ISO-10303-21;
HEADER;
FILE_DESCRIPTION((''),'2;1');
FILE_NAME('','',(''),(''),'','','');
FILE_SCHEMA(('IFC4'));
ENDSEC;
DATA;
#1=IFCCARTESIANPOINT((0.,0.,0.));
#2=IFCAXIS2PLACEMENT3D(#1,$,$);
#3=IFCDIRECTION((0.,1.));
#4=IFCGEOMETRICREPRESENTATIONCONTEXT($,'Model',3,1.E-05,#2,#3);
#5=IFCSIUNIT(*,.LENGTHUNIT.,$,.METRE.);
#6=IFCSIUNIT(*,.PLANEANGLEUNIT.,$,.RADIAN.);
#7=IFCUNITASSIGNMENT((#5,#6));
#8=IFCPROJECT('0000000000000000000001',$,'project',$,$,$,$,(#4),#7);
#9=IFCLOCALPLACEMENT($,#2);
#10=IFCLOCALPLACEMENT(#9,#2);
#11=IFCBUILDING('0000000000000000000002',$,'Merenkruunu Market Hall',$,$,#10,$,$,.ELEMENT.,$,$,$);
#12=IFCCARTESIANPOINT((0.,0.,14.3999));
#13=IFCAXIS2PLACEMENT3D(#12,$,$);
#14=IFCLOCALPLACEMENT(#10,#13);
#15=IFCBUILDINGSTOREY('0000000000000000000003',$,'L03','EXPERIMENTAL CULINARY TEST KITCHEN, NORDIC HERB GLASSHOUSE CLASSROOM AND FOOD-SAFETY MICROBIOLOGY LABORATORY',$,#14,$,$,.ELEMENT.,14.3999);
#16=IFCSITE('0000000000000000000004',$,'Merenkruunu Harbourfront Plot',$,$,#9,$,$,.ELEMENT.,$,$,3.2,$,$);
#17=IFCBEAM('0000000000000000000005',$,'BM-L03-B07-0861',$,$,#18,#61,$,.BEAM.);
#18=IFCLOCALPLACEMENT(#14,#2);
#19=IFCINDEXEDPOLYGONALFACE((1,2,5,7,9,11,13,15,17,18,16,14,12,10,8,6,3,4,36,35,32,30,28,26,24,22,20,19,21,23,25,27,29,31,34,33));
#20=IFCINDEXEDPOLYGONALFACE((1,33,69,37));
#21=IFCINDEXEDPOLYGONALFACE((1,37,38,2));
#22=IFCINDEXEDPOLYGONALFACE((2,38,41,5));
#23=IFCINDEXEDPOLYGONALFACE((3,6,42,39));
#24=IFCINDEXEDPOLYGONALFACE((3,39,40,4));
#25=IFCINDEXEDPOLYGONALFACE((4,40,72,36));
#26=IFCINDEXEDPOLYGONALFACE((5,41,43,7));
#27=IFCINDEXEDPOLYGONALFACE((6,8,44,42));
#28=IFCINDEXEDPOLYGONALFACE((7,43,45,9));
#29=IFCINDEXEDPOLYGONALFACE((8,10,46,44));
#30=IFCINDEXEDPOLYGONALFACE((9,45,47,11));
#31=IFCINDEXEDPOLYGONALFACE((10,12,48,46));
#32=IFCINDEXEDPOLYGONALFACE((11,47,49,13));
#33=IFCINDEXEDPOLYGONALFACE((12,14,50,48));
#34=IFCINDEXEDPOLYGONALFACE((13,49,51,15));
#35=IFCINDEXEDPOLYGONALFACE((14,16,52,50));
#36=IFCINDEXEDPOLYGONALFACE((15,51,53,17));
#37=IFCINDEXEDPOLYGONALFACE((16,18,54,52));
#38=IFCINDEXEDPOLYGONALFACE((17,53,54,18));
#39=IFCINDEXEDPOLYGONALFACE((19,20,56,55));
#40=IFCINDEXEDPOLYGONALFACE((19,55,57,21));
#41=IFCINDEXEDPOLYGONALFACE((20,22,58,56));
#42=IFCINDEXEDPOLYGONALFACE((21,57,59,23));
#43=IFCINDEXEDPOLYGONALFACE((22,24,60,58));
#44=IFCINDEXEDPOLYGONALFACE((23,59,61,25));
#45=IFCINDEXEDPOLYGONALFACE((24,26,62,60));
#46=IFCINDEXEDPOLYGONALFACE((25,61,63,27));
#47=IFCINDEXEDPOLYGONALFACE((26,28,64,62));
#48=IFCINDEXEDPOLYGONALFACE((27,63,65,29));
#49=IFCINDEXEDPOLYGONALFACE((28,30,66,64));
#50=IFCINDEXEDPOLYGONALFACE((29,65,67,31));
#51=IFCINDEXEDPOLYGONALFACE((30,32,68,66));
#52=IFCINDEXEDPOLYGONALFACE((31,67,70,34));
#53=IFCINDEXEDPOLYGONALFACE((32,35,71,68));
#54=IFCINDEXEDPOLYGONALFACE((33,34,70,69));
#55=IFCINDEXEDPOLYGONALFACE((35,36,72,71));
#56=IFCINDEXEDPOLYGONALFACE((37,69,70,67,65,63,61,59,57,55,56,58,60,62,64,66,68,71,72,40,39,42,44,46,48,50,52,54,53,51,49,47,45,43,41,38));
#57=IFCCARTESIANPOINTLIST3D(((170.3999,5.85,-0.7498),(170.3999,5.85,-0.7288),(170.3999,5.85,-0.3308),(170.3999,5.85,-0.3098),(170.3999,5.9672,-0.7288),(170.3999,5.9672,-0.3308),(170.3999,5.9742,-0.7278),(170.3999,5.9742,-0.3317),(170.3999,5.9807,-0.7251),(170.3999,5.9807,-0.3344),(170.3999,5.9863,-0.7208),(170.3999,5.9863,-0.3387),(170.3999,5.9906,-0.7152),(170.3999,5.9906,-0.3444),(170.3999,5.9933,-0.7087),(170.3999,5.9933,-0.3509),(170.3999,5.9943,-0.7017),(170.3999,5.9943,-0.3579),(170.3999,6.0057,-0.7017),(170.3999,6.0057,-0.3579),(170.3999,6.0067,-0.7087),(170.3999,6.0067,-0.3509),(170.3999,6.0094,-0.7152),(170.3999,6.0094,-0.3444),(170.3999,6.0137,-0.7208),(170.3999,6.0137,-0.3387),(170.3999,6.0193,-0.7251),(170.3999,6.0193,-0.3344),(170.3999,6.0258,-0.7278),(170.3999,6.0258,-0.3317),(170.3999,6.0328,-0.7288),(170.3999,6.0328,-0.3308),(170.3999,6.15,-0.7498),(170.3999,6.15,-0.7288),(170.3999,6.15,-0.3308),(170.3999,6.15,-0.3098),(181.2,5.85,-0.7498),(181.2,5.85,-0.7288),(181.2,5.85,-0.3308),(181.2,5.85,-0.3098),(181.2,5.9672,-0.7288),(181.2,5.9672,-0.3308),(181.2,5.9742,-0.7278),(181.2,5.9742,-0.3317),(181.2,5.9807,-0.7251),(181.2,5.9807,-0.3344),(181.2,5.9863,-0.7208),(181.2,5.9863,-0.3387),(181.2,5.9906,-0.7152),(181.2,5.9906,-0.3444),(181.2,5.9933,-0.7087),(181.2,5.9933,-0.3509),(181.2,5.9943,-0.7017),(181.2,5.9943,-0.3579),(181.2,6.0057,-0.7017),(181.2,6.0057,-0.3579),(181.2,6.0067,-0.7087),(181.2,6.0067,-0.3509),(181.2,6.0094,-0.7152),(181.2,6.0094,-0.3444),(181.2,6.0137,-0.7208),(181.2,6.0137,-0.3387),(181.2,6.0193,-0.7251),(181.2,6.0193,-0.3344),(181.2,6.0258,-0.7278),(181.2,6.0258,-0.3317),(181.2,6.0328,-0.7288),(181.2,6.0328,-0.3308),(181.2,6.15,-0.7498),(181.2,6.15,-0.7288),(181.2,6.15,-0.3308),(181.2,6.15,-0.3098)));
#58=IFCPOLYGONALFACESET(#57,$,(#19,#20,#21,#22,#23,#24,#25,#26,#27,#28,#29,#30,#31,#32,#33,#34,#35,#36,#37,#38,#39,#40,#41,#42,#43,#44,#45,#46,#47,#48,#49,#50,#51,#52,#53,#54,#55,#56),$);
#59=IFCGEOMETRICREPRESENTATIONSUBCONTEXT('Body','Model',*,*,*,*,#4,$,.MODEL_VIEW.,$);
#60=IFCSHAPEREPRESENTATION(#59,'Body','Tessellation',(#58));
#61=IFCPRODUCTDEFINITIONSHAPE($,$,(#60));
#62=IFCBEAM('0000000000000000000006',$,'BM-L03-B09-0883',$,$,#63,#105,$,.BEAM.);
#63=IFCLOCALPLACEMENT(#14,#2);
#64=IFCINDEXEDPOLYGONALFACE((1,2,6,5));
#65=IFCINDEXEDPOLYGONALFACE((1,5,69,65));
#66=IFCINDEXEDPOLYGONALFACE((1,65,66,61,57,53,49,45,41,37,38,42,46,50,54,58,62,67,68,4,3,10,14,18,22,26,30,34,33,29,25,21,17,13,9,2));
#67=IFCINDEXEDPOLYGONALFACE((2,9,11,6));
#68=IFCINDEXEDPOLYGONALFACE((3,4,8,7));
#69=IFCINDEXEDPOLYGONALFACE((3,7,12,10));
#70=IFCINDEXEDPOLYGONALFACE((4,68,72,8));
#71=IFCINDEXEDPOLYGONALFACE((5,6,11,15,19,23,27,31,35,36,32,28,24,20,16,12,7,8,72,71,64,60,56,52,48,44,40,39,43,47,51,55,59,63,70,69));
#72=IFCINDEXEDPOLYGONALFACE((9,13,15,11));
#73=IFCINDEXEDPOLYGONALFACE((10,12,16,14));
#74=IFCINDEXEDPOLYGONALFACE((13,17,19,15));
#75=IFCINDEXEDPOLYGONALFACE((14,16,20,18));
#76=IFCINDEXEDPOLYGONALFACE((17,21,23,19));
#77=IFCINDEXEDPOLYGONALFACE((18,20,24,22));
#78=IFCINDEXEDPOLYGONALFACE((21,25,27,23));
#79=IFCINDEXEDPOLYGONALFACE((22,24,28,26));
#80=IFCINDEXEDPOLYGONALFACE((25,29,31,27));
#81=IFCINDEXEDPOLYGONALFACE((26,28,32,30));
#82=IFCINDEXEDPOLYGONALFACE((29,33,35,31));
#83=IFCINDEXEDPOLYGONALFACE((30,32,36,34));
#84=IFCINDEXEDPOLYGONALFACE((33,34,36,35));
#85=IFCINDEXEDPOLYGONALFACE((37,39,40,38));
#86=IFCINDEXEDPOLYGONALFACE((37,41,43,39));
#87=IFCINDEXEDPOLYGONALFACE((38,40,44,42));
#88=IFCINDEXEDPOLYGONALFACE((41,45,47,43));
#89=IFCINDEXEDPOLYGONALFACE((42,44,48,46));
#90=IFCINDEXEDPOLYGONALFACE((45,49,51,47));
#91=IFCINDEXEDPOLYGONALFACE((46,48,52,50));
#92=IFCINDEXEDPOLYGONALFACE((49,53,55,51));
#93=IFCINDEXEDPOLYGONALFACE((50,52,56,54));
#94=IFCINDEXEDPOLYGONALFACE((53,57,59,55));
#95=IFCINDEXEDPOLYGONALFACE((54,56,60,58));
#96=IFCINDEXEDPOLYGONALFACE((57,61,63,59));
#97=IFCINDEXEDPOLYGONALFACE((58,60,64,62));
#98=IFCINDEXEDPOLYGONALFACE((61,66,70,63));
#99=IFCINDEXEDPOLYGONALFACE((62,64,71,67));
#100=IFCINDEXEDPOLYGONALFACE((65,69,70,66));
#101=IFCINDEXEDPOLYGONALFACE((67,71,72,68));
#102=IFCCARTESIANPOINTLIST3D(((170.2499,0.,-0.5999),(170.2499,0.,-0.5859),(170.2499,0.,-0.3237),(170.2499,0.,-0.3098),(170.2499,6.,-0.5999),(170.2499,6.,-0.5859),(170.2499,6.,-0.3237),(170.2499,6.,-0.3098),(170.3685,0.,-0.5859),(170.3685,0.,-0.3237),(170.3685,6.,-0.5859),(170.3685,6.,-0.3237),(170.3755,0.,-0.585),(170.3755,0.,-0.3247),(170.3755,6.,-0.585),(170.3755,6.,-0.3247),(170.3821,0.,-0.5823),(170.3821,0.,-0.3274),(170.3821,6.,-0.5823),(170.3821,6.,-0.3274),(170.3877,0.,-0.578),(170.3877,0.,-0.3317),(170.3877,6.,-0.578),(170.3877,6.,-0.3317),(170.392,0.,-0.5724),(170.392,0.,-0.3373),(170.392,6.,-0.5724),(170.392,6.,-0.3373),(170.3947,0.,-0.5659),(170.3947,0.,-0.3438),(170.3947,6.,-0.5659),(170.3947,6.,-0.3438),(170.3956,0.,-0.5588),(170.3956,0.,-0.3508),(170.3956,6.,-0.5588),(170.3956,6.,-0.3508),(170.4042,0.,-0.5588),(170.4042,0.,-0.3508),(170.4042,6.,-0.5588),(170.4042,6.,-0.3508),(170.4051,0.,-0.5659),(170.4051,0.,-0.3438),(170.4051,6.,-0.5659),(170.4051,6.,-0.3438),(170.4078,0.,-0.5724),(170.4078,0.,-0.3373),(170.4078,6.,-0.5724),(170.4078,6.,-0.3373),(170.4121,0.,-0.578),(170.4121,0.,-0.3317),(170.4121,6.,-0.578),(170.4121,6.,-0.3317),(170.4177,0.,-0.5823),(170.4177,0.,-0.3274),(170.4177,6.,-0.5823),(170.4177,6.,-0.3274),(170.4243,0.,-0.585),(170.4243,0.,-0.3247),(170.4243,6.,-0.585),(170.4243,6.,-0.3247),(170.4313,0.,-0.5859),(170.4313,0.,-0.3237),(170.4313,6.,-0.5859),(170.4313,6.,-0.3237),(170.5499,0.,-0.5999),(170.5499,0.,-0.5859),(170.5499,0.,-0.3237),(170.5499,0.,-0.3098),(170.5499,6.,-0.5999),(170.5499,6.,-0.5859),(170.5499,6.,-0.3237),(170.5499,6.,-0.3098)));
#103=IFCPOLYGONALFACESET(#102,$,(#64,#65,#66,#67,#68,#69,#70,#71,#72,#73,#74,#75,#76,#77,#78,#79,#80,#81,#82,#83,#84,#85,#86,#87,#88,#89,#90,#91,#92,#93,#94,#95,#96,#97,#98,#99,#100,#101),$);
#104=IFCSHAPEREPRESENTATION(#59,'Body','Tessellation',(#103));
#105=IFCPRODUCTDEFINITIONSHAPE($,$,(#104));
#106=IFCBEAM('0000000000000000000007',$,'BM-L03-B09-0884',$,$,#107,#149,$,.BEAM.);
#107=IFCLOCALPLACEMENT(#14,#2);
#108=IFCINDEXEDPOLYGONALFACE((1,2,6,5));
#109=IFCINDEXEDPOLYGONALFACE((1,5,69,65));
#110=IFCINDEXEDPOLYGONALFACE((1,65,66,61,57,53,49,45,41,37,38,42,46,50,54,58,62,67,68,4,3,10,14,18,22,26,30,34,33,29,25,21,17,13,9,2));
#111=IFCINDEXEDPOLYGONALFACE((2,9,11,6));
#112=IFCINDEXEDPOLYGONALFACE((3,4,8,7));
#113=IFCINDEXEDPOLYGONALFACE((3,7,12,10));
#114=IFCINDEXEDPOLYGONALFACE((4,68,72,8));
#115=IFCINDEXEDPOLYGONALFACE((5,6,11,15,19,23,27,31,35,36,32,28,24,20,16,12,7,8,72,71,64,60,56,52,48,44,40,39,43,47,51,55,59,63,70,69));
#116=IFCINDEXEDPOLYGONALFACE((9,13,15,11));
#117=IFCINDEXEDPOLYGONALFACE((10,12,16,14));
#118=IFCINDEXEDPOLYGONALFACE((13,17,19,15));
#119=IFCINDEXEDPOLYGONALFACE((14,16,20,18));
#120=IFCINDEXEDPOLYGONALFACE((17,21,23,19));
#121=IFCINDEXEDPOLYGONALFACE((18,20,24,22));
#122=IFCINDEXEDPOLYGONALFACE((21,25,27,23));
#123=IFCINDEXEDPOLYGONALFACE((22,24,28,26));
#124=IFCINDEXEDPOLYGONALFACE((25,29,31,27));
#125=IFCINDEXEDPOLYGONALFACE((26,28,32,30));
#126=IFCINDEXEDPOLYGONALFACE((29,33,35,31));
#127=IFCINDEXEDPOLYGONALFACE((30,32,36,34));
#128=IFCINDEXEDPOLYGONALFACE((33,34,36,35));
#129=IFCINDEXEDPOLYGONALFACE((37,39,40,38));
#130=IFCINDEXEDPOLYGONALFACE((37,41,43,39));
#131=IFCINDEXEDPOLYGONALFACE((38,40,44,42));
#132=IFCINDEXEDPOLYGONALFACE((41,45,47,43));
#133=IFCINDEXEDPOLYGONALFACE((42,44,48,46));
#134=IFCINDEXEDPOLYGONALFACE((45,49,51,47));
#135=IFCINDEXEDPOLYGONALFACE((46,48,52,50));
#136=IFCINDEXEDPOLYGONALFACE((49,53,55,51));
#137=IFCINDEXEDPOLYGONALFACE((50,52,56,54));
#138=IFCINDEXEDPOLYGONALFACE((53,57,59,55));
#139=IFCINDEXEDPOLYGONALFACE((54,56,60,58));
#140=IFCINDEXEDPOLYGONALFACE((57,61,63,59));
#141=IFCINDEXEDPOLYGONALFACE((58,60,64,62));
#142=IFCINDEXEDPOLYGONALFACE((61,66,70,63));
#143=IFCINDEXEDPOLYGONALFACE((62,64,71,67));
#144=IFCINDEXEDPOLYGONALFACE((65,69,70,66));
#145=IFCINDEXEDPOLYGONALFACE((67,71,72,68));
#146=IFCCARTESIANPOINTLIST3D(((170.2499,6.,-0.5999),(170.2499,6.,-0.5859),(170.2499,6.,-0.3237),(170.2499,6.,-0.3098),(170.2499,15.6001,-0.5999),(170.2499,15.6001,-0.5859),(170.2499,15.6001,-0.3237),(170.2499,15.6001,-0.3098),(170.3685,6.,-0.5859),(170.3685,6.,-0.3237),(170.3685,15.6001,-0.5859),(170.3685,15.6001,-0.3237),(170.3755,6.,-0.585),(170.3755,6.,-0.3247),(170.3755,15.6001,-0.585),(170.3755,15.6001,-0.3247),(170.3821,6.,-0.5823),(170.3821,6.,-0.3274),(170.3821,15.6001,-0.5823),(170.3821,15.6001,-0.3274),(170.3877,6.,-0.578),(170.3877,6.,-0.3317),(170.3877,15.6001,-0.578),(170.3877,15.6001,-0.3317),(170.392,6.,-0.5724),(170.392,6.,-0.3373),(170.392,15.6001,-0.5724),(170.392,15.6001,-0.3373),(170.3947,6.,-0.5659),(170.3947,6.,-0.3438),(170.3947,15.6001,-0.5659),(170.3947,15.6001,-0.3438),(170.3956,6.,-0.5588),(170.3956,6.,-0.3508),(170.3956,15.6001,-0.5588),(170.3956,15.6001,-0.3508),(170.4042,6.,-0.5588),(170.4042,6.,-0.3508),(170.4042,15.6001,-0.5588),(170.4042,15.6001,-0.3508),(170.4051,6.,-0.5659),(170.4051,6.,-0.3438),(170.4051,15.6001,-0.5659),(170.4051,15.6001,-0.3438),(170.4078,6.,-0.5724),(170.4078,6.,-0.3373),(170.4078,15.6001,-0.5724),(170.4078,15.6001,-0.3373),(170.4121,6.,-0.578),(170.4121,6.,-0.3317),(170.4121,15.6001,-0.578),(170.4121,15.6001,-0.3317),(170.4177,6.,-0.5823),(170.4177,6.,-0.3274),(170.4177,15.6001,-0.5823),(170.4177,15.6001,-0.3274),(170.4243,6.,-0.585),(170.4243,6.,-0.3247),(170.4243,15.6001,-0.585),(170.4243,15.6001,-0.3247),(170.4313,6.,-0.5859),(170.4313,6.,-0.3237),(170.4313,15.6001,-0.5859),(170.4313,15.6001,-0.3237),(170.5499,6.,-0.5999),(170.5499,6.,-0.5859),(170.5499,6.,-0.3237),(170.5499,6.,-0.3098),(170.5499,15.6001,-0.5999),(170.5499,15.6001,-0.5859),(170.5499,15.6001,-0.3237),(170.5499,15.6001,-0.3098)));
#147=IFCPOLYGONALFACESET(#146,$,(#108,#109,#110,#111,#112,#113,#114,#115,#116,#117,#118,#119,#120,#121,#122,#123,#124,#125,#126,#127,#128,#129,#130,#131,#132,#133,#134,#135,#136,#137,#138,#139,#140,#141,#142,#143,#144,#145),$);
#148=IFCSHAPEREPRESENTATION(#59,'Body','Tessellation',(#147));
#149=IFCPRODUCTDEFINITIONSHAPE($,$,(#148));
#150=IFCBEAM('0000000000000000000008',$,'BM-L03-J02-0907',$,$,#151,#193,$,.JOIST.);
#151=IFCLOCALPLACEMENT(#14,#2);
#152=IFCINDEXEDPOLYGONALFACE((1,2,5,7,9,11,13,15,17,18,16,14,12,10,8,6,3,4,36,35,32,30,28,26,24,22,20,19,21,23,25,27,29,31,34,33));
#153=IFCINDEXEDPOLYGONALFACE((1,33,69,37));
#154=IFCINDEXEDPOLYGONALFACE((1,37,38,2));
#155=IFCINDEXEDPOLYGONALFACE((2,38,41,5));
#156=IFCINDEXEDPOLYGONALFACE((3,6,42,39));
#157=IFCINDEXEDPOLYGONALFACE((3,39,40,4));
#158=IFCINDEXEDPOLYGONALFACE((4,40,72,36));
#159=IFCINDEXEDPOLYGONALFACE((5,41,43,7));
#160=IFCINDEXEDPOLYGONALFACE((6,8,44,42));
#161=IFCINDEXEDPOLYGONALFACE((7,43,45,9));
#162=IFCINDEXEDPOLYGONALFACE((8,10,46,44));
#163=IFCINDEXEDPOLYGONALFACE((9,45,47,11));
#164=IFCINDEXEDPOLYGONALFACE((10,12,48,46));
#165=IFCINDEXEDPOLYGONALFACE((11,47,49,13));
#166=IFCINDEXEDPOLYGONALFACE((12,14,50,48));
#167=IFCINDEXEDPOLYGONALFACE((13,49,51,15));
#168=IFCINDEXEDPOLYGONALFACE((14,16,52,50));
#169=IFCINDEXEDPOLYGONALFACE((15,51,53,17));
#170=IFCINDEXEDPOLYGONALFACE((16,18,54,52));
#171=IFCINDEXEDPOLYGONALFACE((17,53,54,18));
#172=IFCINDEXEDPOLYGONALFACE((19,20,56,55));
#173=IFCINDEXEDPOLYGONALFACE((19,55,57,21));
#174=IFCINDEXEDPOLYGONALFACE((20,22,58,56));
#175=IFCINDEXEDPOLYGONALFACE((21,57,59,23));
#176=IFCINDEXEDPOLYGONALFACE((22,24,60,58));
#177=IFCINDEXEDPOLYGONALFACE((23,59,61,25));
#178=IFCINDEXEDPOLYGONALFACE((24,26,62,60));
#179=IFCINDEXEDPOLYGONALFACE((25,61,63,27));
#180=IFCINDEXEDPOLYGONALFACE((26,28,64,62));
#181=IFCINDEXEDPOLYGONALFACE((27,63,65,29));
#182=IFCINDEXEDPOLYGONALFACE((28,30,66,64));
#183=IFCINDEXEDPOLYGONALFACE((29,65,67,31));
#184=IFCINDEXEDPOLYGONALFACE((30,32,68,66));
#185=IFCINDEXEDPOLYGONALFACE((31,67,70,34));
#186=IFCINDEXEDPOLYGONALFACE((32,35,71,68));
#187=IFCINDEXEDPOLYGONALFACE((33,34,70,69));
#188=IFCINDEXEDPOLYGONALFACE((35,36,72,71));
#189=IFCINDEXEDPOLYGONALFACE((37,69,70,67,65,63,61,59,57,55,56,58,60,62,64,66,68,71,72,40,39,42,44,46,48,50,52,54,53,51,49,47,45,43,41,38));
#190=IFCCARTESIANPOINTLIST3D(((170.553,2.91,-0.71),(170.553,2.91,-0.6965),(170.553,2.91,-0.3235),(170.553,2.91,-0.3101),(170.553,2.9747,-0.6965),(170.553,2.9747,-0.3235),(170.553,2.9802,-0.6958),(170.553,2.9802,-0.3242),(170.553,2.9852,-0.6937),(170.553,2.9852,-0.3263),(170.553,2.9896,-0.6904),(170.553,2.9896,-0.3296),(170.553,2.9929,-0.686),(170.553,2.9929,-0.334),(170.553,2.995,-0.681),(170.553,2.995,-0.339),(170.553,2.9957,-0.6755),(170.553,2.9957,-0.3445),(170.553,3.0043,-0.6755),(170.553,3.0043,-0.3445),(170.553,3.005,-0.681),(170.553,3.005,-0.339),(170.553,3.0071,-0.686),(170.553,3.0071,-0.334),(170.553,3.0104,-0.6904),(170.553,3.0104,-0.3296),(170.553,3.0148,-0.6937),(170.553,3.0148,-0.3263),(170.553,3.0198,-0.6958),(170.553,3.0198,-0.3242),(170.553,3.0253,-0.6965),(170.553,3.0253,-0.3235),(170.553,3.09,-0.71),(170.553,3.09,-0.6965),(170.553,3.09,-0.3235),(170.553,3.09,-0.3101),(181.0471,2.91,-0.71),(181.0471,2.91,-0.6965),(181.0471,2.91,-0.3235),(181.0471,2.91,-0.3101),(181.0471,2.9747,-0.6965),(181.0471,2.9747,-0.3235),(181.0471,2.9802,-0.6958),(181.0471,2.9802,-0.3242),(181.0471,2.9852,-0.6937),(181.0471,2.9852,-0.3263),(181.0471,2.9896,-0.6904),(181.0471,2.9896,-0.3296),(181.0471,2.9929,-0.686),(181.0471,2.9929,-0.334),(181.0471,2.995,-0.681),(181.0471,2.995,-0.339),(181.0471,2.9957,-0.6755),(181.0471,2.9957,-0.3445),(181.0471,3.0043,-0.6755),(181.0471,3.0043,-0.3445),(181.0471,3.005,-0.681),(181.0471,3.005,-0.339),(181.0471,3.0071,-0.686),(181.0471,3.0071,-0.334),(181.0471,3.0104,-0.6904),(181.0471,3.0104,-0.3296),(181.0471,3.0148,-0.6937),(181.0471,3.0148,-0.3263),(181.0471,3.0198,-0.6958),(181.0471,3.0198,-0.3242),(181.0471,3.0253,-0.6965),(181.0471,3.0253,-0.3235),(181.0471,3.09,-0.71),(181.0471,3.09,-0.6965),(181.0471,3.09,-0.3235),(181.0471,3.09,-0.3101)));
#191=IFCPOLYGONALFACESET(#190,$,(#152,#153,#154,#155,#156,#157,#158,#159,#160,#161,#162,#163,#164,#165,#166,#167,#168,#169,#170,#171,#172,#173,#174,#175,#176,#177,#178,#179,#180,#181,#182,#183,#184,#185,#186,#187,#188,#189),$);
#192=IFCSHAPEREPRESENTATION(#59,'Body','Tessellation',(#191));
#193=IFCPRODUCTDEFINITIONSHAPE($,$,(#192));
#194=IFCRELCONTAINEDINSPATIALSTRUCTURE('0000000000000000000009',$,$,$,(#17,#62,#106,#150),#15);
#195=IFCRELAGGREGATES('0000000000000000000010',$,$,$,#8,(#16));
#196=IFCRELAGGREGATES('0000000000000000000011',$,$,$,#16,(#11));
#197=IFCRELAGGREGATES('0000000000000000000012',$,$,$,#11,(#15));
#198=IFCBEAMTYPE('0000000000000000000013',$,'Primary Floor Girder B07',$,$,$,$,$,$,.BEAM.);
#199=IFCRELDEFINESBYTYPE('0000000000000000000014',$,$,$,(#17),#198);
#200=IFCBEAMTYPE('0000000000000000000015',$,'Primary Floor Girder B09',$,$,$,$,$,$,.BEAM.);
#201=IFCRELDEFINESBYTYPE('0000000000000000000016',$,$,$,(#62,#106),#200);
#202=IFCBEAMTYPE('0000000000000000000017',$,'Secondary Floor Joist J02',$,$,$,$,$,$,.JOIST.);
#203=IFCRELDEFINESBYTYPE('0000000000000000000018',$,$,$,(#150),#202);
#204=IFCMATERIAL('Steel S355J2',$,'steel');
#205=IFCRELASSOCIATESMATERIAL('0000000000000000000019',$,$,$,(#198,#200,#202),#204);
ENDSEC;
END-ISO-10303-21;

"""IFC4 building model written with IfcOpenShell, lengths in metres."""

from ifc_helpers import new_model, si_unit, direction, frame, origin, origin_2d, place, context, subcontext, project, spatial, i_section, extrude, material, material_profile, profile_set, type_object, element, save


model = new_model("IFC4")

# Units and contexts
model_context = context("Model", 3, precision=1e-05, world=origin(), true_north=direction((0.0, 1.0)))
body_context = subcontext(model_context, "Body", "Model", "MODEL_VIEW")
ifc_project = project(units=[si_unit("LENGTHUNIT", "METRE"), si_unit("PLANEANGLEUNIT", "RADIAN")], contexts=[model_context])

# Site, building, storey
site_placement = place(None, origin())
site = spatial("IfcSite", under=ifc_project, at=site_placement, Name="Merenkruunu Harbourfront Plot", CompositionType="ELEMENT", RefElevation=3.2)
building_placement = place(site_placement, origin())
building = spatial("IfcBuilding", under=site, at=building_placement, Name="Merenkruunu Market Hall", CompositionType="ELEMENT")
storey_placement = place(building_placement, frame((0.0, 0.0, 14.3999)))
storey = spatial("IfcBuildingStorey", under=building, at=storey_placement, Name="L03", Description="EXPERIMENTAL CULINARY TEST KITCHEN, NORDIC HERB GLASSHOUSE CLASSROOM AND FOOD-SAFETY MICROBIOLOGY LABORATORY", CompositionType="ELEMENT", Elevation=14.3999)

# Shared definitions
ifc_material_1 = material(Name="Steel S355J2", Category="steel")

# Beams
ifc_material_profile_1 = material_profile(ifc_material_1, i_section(OverallWidth=0.3, OverallDepth=0.4399, WebThickness=0.0115, FlangeThickness=0.021, FilletRadius=0.0271, at=origin_2d()), Name="HEA 450")
ifc_profile_set_1 = profile_set([ifc_material_profile_1], Name="Steel S355J2")
beam_type_1 = type_object("IfcBeamType", Name="Primary Floor Girder B07", PredefinedType="BEAM", material=ifc_profile_set_1)
for number, where, z_axis, x_axis, name in (
    (1, (170.3999, 6.0, -0.5298), (1.0, 0.0, 0.0), (0.0, 1.0, 0.0), "BM-L03-B07-0861"),
):
    element("IfcBeam", number, at=place(storey_placement, frame(where, z_axis=z_axis, x_axis=x_axis)), inside=storey, type_object=beam_type_1, Name=name, PredefinedType="BEAM", context=body_context, shape_type="SweptSolid", body=[
        extrude(i_section(OverallWidth=0.3, OverallDepth=0.4399, WebThickness=0.0115, FlangeThickness=0.021, FilletRadius=0.0271, at=origin_2d()), origin(), (0.0, 0.0, 1.0), 10.8),
    ])
ifc_material_profile_2 = material_profile(ifc_material_1, i_section(OverallWidth=0.3, OverallDepth=0.29, WebThickness=0.0085, FlangeThickness=0.0139, FilletRadius=0.0271, at=origin_2d()), Name="HEA 300")
ifc_profile_set_2 = profile_set([ifc_material_profile_2], Name="Steel S355J2")
beam_type_2 = type_object("IfcBeamType", Name="Primary Floor Girder B09", PredefinedType="BEAM", material=ifc_profile_set_2)
beam_1_placement = place(storey_placement, frame((170.3999, 0.0, -0.4548), z_axis=(0.0, 1.0, 0.0), x_axis=(-1.0, 0.0, 0.0)))
element("IfcBeam", 2, at=beam_1_placement, inside=storey, type_object=beam_type_2, Name="BM-L03-B09-0883", PredefinedType="BEAM", context=body_context, shape_type="SweptSolid", body=[
    extrude(i_section(OverallWidth=0.3, OverallDepth=0.29, WebThickness=0.0085, FlangeThickness=0.0139, FilletRadius=0.0271, at=origin_2d()), origin(), (0.0, 0.0, 1.0), 6.0),
])
beam_2_placement = place(storey_placement, frame((170.3999, 6.0, -0.4548), z_axis=(0.0, 1.0, 0.0), x_axis=(-1.0, 0.0, 0.0)))
element("IfcBeam", 3, at=beam_2_placement, inside=storey, type_object=beam_type_2, Name="BM-L03-B09-0884", PredefinedType="BEAM", context=body_context, shape_type="SweptSolid", body=[
    extrude(i_section(OverallWidth=0.3, OverallDepth=0.29, WebThickness=0.0085, FlangeThickness=0.0139, FilletRadius=0.0271, at=origin_2d()), origin(), (0.0, 0.0, 1.0), 9.6001),
])
ifc_material_profile_3 = material_profile(ifc_material_1, i_section(OverallWidth=0.1799, OverallDepth=0.3999, WebThickness=0.0085, FlangeThickness=0.0134, FilletRadius=0.021, at=origin_2d()), Name="IPE 400")
ifc_profile_set_3 = profile_set([ifc_material_profile_3], Name="Steel S355J2")
beam_type_3 = type_object("IfcBeamType", Name="Secondary Floor Joist J02", PredefinedType="JOIST", material=ifc_profile_set_3)
for number, where, z_axis, x_axis, name in (
    (4, (170.553, 3.0, -0.51), (1.0, 0.0, 0.0), (0.0, 1.0, 0.0), "BM-L03-J02-0907"),
):
    element("IfcBeam", number, at=place(storey_placement, frame(where, z_axis=z_axis, x_axis=x_axis)), inside=storey, type_object=beam_type_3, Name=name, PredefinedType="JOIST", context=body_context, shape_type="SweptSolid", body=[
        extrude(i_section(OverallWidth=0.1799, OverallDepth=0.3999, WebThickness=0.0085, FlangeThickness=0.0134, FilletRadius=0.021, at=origin_2d()), origin(), (0.0, 0.0, 1.0), 10.4941),
    ])

save(model, "model.ifc")
